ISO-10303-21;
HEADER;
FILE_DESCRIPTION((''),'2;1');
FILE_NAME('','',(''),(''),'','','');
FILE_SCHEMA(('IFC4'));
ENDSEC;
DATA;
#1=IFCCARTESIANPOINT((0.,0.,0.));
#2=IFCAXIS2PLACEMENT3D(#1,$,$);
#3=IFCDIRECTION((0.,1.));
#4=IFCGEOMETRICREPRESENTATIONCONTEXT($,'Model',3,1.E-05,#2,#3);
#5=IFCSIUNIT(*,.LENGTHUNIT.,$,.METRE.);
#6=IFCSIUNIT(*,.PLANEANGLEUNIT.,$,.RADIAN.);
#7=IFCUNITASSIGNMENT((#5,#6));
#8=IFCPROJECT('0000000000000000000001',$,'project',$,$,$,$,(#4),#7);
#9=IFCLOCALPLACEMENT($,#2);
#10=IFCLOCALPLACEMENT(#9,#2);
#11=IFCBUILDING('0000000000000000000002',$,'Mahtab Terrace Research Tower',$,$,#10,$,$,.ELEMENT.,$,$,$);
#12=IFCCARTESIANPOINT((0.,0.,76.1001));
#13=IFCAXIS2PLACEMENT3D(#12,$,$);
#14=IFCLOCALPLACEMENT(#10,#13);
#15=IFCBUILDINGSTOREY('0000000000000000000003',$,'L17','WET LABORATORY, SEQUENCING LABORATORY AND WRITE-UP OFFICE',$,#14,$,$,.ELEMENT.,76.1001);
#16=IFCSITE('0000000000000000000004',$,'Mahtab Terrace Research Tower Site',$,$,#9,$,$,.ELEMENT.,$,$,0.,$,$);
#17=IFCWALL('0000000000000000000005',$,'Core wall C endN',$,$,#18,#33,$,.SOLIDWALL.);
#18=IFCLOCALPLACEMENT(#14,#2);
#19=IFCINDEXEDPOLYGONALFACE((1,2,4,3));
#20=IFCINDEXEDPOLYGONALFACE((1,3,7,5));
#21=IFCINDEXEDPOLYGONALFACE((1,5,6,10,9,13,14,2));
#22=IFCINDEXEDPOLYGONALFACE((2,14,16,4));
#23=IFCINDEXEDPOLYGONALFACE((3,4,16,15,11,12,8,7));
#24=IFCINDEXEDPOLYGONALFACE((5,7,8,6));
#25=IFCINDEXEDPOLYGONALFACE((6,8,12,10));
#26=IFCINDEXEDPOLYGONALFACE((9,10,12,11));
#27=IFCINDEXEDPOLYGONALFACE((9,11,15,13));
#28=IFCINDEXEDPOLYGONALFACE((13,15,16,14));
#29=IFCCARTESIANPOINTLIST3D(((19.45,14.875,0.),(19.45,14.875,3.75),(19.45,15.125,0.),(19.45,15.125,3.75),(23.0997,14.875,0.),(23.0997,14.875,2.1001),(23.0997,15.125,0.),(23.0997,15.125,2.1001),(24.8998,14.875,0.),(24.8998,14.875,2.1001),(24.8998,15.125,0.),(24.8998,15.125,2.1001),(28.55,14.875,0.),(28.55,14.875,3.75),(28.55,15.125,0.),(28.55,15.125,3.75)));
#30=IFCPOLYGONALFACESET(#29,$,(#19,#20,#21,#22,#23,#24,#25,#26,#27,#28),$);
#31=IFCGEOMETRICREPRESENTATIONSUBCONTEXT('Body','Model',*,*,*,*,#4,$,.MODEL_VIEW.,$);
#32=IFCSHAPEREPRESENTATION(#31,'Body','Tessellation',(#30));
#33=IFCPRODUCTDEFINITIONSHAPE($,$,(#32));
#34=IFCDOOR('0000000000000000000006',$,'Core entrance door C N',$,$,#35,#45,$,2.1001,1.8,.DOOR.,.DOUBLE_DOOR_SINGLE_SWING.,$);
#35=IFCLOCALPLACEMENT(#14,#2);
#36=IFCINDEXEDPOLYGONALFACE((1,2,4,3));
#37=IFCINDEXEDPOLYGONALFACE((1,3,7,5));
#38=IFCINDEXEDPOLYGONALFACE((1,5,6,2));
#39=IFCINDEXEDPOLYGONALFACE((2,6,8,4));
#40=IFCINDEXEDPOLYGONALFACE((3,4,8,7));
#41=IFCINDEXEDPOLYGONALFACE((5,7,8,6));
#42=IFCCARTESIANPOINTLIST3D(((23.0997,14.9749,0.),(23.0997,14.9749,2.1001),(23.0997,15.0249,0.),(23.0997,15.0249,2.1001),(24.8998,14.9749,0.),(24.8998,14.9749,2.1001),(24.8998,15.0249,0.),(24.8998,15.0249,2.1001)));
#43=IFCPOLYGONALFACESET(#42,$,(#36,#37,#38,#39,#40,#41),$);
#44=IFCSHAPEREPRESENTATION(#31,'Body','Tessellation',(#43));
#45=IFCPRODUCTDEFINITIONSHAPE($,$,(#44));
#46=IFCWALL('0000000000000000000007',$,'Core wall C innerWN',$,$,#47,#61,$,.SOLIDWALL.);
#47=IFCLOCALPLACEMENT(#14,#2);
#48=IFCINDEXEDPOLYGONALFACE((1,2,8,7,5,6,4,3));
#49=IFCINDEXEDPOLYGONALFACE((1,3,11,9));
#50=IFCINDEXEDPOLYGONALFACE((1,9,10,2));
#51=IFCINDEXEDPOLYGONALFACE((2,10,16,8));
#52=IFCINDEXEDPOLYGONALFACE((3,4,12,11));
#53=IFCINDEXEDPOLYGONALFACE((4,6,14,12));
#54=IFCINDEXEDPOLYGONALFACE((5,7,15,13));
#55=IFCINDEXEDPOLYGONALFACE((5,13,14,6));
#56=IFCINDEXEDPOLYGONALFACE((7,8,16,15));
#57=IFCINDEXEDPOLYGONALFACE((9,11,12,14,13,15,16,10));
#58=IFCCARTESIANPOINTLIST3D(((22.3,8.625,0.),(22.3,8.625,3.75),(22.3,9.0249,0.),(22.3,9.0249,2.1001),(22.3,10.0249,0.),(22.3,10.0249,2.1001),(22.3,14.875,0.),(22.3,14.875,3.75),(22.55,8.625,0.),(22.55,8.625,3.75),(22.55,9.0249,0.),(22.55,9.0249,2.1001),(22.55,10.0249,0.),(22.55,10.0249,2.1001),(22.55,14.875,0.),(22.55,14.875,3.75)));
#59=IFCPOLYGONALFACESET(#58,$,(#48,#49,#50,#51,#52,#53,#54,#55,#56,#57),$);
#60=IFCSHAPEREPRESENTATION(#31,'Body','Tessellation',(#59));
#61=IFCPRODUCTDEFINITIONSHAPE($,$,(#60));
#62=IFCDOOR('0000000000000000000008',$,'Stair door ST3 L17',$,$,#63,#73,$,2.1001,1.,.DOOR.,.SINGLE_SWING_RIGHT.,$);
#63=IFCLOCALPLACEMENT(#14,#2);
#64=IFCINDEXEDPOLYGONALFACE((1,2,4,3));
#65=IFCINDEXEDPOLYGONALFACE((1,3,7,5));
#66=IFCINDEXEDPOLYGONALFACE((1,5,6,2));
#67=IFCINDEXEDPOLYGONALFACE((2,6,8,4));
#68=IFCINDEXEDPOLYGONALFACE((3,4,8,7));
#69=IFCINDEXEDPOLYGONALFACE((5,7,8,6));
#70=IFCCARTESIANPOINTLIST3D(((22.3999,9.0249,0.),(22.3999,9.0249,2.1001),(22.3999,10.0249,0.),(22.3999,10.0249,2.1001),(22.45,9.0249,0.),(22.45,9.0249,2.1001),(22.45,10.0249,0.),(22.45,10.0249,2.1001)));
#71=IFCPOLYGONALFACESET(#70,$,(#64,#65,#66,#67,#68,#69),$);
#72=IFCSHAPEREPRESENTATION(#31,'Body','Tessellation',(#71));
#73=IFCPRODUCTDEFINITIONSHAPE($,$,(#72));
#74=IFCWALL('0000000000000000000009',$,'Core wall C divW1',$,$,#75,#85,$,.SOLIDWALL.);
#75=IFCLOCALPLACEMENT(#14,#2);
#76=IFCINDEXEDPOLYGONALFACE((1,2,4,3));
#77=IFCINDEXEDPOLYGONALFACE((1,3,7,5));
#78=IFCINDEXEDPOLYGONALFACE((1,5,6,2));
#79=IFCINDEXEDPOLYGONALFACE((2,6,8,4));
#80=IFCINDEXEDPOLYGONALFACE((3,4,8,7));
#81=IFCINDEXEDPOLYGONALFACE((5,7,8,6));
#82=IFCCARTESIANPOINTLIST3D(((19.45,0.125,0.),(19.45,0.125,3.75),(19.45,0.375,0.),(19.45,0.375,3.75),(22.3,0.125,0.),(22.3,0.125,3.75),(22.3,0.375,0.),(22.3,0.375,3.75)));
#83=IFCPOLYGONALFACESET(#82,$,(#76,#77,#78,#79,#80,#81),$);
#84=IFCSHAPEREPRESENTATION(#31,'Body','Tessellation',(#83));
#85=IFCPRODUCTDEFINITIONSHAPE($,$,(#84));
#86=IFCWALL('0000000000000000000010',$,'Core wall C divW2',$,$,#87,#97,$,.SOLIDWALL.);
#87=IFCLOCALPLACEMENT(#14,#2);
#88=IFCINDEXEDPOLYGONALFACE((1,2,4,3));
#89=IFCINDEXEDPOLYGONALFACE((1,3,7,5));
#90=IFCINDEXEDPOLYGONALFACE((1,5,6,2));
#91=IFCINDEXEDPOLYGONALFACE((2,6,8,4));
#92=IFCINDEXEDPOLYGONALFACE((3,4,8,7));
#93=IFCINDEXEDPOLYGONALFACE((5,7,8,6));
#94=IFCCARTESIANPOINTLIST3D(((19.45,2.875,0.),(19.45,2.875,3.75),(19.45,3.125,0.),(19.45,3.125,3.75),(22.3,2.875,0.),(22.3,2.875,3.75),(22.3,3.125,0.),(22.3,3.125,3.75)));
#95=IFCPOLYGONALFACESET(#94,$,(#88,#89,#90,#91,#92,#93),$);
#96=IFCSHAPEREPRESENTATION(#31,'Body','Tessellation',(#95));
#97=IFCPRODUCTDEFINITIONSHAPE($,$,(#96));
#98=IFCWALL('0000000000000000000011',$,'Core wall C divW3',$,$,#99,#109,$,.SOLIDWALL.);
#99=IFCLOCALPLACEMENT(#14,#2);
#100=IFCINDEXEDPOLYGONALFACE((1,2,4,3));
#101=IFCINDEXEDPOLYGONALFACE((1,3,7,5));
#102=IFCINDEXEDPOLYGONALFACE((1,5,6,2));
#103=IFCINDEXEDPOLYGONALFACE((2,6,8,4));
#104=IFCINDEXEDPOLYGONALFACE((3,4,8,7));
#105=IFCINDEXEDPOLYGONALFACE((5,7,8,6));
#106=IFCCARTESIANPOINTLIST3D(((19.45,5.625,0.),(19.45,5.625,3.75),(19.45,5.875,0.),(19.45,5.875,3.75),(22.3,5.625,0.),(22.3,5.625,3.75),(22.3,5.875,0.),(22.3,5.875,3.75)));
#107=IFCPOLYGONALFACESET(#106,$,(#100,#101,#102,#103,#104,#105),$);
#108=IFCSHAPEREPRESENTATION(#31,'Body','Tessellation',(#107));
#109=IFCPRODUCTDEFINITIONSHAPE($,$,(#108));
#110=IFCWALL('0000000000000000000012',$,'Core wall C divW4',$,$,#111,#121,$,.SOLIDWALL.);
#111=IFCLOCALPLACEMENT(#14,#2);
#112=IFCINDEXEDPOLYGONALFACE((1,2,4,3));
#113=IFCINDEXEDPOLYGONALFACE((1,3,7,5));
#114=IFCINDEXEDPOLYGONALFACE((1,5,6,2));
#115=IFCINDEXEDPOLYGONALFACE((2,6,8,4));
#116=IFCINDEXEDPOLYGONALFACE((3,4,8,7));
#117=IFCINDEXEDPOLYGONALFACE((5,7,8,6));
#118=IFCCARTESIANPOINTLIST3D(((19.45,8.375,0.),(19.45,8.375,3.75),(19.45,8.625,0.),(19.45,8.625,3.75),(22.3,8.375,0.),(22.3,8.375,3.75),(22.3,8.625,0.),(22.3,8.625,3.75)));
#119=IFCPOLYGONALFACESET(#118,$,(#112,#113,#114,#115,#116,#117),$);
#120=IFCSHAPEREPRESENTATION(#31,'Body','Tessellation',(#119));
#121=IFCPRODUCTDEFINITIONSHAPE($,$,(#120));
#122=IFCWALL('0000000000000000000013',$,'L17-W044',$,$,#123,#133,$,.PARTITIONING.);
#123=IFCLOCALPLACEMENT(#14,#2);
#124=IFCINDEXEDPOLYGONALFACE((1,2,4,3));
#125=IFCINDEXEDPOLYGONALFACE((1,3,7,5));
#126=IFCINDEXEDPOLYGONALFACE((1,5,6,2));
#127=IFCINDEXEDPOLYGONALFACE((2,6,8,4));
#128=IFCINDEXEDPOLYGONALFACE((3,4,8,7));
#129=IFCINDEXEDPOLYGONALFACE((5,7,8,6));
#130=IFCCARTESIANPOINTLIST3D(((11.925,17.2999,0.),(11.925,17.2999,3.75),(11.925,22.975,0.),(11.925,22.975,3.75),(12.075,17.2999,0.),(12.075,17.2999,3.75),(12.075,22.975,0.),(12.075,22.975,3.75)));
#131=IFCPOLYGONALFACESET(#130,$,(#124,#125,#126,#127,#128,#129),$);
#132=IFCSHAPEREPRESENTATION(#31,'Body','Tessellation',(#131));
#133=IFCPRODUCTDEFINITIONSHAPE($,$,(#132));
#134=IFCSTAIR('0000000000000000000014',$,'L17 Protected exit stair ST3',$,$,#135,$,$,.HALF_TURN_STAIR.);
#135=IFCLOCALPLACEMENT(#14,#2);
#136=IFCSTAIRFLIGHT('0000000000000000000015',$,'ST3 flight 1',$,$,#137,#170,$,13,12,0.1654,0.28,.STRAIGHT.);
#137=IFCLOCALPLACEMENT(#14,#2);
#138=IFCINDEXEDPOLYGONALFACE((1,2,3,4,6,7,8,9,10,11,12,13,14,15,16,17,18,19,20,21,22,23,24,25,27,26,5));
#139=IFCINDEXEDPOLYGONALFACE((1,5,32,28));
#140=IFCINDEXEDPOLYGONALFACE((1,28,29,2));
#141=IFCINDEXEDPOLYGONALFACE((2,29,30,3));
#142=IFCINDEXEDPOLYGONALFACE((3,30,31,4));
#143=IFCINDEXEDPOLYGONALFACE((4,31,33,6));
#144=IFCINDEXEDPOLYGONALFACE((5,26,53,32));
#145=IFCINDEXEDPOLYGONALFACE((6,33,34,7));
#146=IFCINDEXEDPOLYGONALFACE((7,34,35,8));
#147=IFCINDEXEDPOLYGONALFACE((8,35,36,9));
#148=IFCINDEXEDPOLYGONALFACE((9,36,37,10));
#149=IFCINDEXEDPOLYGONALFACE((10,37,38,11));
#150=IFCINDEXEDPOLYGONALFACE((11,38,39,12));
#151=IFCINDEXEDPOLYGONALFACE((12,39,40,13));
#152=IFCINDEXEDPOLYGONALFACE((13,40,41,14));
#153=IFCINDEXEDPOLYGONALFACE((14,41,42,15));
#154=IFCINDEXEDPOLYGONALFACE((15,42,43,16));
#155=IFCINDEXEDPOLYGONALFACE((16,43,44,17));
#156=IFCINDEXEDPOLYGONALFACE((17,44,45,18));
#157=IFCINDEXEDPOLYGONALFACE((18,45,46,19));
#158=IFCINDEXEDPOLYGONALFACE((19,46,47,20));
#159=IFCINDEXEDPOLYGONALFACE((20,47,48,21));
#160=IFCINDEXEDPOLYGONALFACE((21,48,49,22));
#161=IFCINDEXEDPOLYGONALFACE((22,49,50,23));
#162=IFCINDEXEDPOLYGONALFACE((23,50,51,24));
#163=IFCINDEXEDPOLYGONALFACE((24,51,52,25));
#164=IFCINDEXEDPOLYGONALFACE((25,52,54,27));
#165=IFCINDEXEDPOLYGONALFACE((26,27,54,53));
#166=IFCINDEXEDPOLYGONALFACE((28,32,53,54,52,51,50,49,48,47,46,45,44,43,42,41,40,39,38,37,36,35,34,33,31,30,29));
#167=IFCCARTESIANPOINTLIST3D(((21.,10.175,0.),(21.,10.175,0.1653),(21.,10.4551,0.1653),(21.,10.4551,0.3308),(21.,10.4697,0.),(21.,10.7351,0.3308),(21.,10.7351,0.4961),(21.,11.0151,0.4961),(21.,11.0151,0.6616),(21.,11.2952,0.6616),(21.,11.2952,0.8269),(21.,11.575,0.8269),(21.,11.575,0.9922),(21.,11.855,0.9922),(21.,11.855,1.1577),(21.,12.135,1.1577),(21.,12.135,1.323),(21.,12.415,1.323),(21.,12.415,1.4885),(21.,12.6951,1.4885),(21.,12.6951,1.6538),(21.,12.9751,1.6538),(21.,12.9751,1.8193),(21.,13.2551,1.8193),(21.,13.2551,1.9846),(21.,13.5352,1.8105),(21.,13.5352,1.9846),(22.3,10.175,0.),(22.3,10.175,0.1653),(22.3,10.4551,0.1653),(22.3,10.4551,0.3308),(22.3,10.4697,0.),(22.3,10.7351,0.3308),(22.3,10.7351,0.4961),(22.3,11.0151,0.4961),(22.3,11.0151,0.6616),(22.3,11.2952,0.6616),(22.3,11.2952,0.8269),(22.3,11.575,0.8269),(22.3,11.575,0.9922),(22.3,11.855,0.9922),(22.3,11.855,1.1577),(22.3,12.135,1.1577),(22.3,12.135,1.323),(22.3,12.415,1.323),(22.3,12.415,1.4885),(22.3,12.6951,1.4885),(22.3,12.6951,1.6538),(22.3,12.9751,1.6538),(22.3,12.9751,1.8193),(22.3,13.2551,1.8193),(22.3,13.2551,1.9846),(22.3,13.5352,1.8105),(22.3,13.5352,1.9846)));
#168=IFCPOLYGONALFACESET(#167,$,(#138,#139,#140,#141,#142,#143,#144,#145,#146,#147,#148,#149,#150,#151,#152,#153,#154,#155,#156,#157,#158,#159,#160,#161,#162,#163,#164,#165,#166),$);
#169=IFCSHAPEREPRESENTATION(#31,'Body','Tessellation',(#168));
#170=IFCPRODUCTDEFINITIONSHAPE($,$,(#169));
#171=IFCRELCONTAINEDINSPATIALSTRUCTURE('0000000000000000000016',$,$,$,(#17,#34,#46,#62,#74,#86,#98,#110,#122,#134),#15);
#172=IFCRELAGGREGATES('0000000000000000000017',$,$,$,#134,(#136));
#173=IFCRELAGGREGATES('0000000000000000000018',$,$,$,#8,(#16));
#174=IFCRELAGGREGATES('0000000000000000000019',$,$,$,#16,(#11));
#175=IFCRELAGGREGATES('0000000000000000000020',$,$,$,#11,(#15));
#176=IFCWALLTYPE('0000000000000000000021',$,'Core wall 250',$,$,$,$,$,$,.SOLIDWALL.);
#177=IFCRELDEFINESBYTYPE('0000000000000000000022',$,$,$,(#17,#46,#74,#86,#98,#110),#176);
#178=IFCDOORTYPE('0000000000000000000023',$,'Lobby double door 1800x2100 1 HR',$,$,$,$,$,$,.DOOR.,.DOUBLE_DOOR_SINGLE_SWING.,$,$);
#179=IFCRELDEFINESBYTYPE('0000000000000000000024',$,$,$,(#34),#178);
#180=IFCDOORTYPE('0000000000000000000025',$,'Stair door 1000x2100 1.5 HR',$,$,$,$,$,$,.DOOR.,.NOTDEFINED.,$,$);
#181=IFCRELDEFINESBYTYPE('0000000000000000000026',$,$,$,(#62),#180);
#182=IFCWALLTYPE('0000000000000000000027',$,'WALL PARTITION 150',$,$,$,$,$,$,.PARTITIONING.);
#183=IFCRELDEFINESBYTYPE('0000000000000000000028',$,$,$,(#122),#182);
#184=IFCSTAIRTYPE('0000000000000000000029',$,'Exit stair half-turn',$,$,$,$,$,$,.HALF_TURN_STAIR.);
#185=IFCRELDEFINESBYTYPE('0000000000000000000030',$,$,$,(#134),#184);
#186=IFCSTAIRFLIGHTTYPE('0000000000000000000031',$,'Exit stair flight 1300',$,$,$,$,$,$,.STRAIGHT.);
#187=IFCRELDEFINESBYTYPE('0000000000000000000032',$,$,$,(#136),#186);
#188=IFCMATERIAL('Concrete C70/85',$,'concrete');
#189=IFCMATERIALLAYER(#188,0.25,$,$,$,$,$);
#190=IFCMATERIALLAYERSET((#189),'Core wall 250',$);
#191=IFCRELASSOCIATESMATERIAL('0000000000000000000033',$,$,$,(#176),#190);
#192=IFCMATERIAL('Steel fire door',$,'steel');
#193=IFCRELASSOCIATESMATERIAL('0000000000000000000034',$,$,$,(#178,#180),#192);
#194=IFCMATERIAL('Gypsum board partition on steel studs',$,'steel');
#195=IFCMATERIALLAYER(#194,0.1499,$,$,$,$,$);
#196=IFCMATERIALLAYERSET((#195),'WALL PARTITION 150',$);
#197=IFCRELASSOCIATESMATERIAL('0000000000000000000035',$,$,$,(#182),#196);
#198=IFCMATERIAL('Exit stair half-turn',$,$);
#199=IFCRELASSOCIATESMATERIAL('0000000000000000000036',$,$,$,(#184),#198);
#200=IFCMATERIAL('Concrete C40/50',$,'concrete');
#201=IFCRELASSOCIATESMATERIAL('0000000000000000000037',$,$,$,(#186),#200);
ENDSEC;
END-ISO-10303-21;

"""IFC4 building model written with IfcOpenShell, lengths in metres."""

from ifc_helpers import new_model, si_unit, direction, frame, frame_2d, origin, place, context, subcontext, project, spatial, polyline, rectangle, outline, extrude, material, layer, layer_set, type_object, element, fill, aggregate, save


model = new_model("IFC4")

# Units and contexts
model_context = context("Model", 3, precision=1e-05, world=origin(), true_north=direction((0.0, 1.0)))
body_context = subcontext(model_context, "Body", "Model", "MODEL_VIEW")
ifc_project = project(units=[si_unit("LENGTHUNIT", "METRE"), si_unit("PLANEANGLEUNIT", "RADIAN")], contexts=[model_context])

# Site, building, storey
site_placement = place(None, origin())
site = spatial("IfcSite", under=ifc_project, at=site_placement, Name="Mahtab Terrace Research Tower Site", CompositionType="ELEMENT", RefElevation=0.0)
building_placement = place(site_placement, origin())
building = spatial("IfcBuilding", under=site, at=building_placement, Name="Mahtab Terrace Research Tower", CompositionType="ELEMENT")
storey_placement = place(building_placement, frame((0.0, 0.0, 76.1001)))
storey = spatial("IfcBuildingStorey", under=building, at=storey_placement, Name="L17", Description="WET LABORATORY, SEQUENCING LABORATORY AND WRITE-UP OFFICE", CompositionType="ELEMENT", Elevation=76.1001)

# Shared definitions
ifc_material_1 = material(Name="Concrete C70/85", Category="concrete")

# Shared definitions
ifc_layer_1 = layer(ifc_material_1, 0.25)
ifc_layer_set_1 = layer_set([ifc_layer_1], Name="Core wall 250")
wall_type_1 = type_object("IfcWallType", Name="Core wall 250", PredefinedType="SOLIDWALL", material=ifc_layer_set_1)

# Walls, openings, doors
wall_1_placement = place(storey_placement, frame((19.45, 15.0, 0.0), z_axis=(0.0, 0.0, 1.0), x_axis=(1.0, 0.0, 0.0)))
wall_1 = element("IfcWall", 1, at=wall_1_placement, inside=storey, type_object=wall_type_1, Name="Core wall C endN", PredefinedType="SOLIDWALL", context=body_context, shape_type="SweptSolid", body=[
    extrude(rectangle(XDim=9.1001, YDim=0.25, at=frame_2d((4.55, 0.0))), origin(), (0.0, 0.0, 1.0), 3.75),
])
opening_1_placement = place(wall_1_placement, frame((3.6499, 0.0, 0.0)))
opening_1 = element("IfcOpeningElement", 2, at=opening_1_placement, cuts=wall_1, PredefinedType="OPENING", context=body_context, shape_type="SweptSolid", body=[
    extrude(rectangle(XDim=1.8, YDim=2.1001, at=frame_2d((0.8999, 1.05))), frame((0.0, 0.135, 0.0), z_axis=(0.0, -1.0, 0.0), x_axis=(1.0, 0.0, 0.0)), (0.0, 0.0, 1.0), 0.27),
])
ifc_material_2 = material(Name="Steel fire door", Category="steel")
door_type_1 = type_object("IfcDoorType", Name="Lobby double door 1800x2100 1 HR", OperationType="DOUBLE_DOOR_SINGLE_SWING", PredefinedType="DOOR", material=ifc_material_2)
door_1_placement = place(opening_1_placement, origin())
door_1 = element("IfcDoor", 3, at=door_1_placement, inside=storey, type_object=door_type_1, Name="Core entrance door C N", OperationType="DOUBLE_DOOR_SINGLE_SWING", OverallHeight=2.1001, OverallWidth=1.8, PredefinedType="DOOR", context=body_context, shape_type="SweptSolid", body=[
    extrude(rectangle(XDim=1.8, YDim=2.1001, at=frame_2d((0.8999, 1.05))), frame((0.0, 0.0249, 0.0), z_axis=(0.0, -1.0, 0.0), x_axis=(1.0, 0.0, 0.0)), (0.0, 0.0, 1.0), 0.05),
])
fill(opening_1, door_1)
wall_2_placement = place(storey_placement, frame((22.425, 14.875, 0.0), z_axis=(0.0, 0.0, 1.0), x_axis=(0.0, -1.0, 0.0)))
wall_2 = element("IfcWall", 4, at=wall_2_placement, inside=storey, type_object=wall_type_1, Name="Core wall C innerWN", PredefinedType="SOLIDWALL", context=body_context, shape_type="SweptSolid", body=[
    extrude(rectangle(XDim=6.25, YDim=0.25, at=frame_2d((3.125, 0.0))), origin(), (0.0, 0.0, 1.0), 3.75),
])
opening_2_placement = place(wall_2_placement, frame((4.8501, 0.0, 0.0)))
opening_2 = element("IfcOpeningElement", 5, at=opening_2_placement, cuts=wall_2, PredefinedType="OPENING", context=body_context, shape_type="SweptSolid", body=[
    extrude(rectangle(XDim=1.0, YDim=2.1001, at=frame_2d((0.5, 1.05))), frame((0.0, 0.135, 0.0), z_axis=(0.0, -1.0, 0.0), x_axis=(1.0, 0.0, 0.0)), (0.0, 0.0, 1.0), 0.27),
])
door_type_2 = type_object("IfcDoorType", Name="Stair door 1000x2100 1.5 HR", OperationType="NOTDEFINED", PredefinedType="DOOR", material=ifc_material_2)
door_2_placement = place(opening_2_placement, origin())
door_2 = element("IfcDoor", 6, at=door_2_placement, inside=storey, type_object=door_type_2, Name="Stair door ST3 L17", OperationType="SINGLE_SWING_RIGHT", OverallHeight=2.1001, OverallWidth=1.0, PredefinedType="DOOR", context=body_context, shape_type="SweptSolid", body=[
    extrude(rectangle(XDim=1.0, YDim=2.1001, at=frame_2d((0.5, 1.05))), frame((0.0, 0.0249, 0.0), z_axis=(0.0, -1.0, 0.0), x_axis=(1.0, 0.0, 0.0)), (0.0, 0.0, 1.0), 0.05),
])
fill(opening_2, door_2)

# Walls
for number, where, z_axis, x_axis, name in (
    (7, (19.45, 0.25, 0.0), (0.0, 0.0, 1.0), (1.0, 0.0, 0.0), "Core wall C divW1"),
    (8, (19.45, 3.0, 0.0), (0.0, 0.0, 1.0), (1.0, 0.0, 0.0), "Core wall C divW2"),
    (9, (19.45, 5.75, 0.0), (0.0, 0.0, 1.0), (1.0, 0.0, 0.0), "Core wall C divW3"),
    (10, (19.45, 8.5, 0.0), (0.0, 0.0, 1.0), (1.0, 0.0, 0.0), "Core wall C divW4"),
):
    element("IfcWall", number, at=place(storey_placement, frame(where, z_axis=z_axis, x_axis=x_axis)), inside=storey, type_object=wall_type_1, Name=name, PredefinedType="SOLIDWALL", context=body_context, shape_type="SweptSolid", body=[
        extrude(rectangle(XDim=2.8501, YDim=0.25, at=frame_2d((1.425, 0.0))), origin(), (0.0, 0.0, 1.0), 3.75),
    ])
ifc_material_3 = material(Name="Gypsum board partition on steel studs", Category="steel")
ifc_layer_2 = layer(ifc_material_3, 0.1499)
ifc_layer_set_2 = layer_set([ifc_layer_2], Name="WALL PARTITION 150")
wall_type_2 = type_object("IfcWallType", Name="WALL PARTITION 150", PredefinedType="PARTITIONING", material=ifc_layer_set_2)
wall_3_placement = place(storey_placement, frame((12.0, 17.3, 0.0), z_axis=(0.0, 0.0, 1.0), x_axis=(0.0, 1.0, 0.0)))
element("IfcWall", 11, at=wall_3_placement, inside=storey, type_object=wall_type_2, Name="L17-W044", PredefinedType="PARTITIONING", context=body_context, shape_type="SweptSolid", body=[
    extrude(rectangle(XDim=5.675, YDim=0.1499, at=frame_2d((2.8374, 0.0))), origin(), (0.0, 0.0, 1.0), 3.75),
])

# Stair, stair flight
ifc_material_4 = material(Name="Exit stair half-turn")
stair_type = type_object("IfcStairType", Name="Exit stair half-turn", PredefinedType="HALF_TURN_STAIR", material=ifc_material_4)
stair_placement = place(storey_placement, origin())
stair = element("IfcStair", 12, at=stair_placement, inside=storey, type_object=stair_type, Name="L17 Protected exit stair ST3", PredefinedType="HALF_TURN_STAIR")
ifc_material_5 = material(Name="Concrete C40/50", Category="concrete")
stair_flight_type = type_object("IfcStairFlightType", Name="Exit stair flight 1300", PredefinedType="STRAIGHT", material=ifc_material_5)
stair_flight_1_placement = place(storey_placement, frame((21.6499, 10.175, 0.0), z_axis=(0.0, 0.0, 1.0), x_axis=(0.0, 1.0, 0.0)))
stair_flight_1 = element("IfcStairFlight", 13, at=stair_flight_1_placement, type_object=stair_flight_type, Name="ST3 flight 1", NumberOfRisers=13, NumberOfTreads=12, PredefinedType="STRAIGHT", RiserHeight=0.1654, TreadLength=0.28, context=body_context, shape_type="SweptSolid", body=[
    extrude(outline(polyline([(0.0, 0.0), (0.0, 0.1653), (0.28, 0.1653), (0.28, 0.3308), (0.5601, 0.3308), (0.5601, 0.4961), (0.8401, 0.4961), (0.8401, 0.6616), (1.1201, 0.6616), (1.1201, 0.8269), (1.3999, 0.8269), (1.3999, 0.9922), (1.6799, 0.9922), (1.6799, 1.1577), (1.96, 1.1577), (1.96, 1.323), (2.24, 1.323), (2.24, 1.4885), (2.52, 1.4885), (2.52, 1.6538), (2.8, 1.6538), (2.8, 1.8193), (3.0801, 1.8193), (3.0801, 1.9846), (3.3601, 1.9846), (3.3601, 2.1499), (3.3601, 1.8105), (0.2947, 0.0), (0.0, 0.0)])), frame((0.0, 0.6499, 0.0), z_axis=(0.0, -1.0, 0.0), x_axis=(1.0, 0.0, 0.0)), (0.0, 0.0, 1.0), 1.3),
])
aggregate(stair, [stair_flight_1])

save(model, "model.ifc")
